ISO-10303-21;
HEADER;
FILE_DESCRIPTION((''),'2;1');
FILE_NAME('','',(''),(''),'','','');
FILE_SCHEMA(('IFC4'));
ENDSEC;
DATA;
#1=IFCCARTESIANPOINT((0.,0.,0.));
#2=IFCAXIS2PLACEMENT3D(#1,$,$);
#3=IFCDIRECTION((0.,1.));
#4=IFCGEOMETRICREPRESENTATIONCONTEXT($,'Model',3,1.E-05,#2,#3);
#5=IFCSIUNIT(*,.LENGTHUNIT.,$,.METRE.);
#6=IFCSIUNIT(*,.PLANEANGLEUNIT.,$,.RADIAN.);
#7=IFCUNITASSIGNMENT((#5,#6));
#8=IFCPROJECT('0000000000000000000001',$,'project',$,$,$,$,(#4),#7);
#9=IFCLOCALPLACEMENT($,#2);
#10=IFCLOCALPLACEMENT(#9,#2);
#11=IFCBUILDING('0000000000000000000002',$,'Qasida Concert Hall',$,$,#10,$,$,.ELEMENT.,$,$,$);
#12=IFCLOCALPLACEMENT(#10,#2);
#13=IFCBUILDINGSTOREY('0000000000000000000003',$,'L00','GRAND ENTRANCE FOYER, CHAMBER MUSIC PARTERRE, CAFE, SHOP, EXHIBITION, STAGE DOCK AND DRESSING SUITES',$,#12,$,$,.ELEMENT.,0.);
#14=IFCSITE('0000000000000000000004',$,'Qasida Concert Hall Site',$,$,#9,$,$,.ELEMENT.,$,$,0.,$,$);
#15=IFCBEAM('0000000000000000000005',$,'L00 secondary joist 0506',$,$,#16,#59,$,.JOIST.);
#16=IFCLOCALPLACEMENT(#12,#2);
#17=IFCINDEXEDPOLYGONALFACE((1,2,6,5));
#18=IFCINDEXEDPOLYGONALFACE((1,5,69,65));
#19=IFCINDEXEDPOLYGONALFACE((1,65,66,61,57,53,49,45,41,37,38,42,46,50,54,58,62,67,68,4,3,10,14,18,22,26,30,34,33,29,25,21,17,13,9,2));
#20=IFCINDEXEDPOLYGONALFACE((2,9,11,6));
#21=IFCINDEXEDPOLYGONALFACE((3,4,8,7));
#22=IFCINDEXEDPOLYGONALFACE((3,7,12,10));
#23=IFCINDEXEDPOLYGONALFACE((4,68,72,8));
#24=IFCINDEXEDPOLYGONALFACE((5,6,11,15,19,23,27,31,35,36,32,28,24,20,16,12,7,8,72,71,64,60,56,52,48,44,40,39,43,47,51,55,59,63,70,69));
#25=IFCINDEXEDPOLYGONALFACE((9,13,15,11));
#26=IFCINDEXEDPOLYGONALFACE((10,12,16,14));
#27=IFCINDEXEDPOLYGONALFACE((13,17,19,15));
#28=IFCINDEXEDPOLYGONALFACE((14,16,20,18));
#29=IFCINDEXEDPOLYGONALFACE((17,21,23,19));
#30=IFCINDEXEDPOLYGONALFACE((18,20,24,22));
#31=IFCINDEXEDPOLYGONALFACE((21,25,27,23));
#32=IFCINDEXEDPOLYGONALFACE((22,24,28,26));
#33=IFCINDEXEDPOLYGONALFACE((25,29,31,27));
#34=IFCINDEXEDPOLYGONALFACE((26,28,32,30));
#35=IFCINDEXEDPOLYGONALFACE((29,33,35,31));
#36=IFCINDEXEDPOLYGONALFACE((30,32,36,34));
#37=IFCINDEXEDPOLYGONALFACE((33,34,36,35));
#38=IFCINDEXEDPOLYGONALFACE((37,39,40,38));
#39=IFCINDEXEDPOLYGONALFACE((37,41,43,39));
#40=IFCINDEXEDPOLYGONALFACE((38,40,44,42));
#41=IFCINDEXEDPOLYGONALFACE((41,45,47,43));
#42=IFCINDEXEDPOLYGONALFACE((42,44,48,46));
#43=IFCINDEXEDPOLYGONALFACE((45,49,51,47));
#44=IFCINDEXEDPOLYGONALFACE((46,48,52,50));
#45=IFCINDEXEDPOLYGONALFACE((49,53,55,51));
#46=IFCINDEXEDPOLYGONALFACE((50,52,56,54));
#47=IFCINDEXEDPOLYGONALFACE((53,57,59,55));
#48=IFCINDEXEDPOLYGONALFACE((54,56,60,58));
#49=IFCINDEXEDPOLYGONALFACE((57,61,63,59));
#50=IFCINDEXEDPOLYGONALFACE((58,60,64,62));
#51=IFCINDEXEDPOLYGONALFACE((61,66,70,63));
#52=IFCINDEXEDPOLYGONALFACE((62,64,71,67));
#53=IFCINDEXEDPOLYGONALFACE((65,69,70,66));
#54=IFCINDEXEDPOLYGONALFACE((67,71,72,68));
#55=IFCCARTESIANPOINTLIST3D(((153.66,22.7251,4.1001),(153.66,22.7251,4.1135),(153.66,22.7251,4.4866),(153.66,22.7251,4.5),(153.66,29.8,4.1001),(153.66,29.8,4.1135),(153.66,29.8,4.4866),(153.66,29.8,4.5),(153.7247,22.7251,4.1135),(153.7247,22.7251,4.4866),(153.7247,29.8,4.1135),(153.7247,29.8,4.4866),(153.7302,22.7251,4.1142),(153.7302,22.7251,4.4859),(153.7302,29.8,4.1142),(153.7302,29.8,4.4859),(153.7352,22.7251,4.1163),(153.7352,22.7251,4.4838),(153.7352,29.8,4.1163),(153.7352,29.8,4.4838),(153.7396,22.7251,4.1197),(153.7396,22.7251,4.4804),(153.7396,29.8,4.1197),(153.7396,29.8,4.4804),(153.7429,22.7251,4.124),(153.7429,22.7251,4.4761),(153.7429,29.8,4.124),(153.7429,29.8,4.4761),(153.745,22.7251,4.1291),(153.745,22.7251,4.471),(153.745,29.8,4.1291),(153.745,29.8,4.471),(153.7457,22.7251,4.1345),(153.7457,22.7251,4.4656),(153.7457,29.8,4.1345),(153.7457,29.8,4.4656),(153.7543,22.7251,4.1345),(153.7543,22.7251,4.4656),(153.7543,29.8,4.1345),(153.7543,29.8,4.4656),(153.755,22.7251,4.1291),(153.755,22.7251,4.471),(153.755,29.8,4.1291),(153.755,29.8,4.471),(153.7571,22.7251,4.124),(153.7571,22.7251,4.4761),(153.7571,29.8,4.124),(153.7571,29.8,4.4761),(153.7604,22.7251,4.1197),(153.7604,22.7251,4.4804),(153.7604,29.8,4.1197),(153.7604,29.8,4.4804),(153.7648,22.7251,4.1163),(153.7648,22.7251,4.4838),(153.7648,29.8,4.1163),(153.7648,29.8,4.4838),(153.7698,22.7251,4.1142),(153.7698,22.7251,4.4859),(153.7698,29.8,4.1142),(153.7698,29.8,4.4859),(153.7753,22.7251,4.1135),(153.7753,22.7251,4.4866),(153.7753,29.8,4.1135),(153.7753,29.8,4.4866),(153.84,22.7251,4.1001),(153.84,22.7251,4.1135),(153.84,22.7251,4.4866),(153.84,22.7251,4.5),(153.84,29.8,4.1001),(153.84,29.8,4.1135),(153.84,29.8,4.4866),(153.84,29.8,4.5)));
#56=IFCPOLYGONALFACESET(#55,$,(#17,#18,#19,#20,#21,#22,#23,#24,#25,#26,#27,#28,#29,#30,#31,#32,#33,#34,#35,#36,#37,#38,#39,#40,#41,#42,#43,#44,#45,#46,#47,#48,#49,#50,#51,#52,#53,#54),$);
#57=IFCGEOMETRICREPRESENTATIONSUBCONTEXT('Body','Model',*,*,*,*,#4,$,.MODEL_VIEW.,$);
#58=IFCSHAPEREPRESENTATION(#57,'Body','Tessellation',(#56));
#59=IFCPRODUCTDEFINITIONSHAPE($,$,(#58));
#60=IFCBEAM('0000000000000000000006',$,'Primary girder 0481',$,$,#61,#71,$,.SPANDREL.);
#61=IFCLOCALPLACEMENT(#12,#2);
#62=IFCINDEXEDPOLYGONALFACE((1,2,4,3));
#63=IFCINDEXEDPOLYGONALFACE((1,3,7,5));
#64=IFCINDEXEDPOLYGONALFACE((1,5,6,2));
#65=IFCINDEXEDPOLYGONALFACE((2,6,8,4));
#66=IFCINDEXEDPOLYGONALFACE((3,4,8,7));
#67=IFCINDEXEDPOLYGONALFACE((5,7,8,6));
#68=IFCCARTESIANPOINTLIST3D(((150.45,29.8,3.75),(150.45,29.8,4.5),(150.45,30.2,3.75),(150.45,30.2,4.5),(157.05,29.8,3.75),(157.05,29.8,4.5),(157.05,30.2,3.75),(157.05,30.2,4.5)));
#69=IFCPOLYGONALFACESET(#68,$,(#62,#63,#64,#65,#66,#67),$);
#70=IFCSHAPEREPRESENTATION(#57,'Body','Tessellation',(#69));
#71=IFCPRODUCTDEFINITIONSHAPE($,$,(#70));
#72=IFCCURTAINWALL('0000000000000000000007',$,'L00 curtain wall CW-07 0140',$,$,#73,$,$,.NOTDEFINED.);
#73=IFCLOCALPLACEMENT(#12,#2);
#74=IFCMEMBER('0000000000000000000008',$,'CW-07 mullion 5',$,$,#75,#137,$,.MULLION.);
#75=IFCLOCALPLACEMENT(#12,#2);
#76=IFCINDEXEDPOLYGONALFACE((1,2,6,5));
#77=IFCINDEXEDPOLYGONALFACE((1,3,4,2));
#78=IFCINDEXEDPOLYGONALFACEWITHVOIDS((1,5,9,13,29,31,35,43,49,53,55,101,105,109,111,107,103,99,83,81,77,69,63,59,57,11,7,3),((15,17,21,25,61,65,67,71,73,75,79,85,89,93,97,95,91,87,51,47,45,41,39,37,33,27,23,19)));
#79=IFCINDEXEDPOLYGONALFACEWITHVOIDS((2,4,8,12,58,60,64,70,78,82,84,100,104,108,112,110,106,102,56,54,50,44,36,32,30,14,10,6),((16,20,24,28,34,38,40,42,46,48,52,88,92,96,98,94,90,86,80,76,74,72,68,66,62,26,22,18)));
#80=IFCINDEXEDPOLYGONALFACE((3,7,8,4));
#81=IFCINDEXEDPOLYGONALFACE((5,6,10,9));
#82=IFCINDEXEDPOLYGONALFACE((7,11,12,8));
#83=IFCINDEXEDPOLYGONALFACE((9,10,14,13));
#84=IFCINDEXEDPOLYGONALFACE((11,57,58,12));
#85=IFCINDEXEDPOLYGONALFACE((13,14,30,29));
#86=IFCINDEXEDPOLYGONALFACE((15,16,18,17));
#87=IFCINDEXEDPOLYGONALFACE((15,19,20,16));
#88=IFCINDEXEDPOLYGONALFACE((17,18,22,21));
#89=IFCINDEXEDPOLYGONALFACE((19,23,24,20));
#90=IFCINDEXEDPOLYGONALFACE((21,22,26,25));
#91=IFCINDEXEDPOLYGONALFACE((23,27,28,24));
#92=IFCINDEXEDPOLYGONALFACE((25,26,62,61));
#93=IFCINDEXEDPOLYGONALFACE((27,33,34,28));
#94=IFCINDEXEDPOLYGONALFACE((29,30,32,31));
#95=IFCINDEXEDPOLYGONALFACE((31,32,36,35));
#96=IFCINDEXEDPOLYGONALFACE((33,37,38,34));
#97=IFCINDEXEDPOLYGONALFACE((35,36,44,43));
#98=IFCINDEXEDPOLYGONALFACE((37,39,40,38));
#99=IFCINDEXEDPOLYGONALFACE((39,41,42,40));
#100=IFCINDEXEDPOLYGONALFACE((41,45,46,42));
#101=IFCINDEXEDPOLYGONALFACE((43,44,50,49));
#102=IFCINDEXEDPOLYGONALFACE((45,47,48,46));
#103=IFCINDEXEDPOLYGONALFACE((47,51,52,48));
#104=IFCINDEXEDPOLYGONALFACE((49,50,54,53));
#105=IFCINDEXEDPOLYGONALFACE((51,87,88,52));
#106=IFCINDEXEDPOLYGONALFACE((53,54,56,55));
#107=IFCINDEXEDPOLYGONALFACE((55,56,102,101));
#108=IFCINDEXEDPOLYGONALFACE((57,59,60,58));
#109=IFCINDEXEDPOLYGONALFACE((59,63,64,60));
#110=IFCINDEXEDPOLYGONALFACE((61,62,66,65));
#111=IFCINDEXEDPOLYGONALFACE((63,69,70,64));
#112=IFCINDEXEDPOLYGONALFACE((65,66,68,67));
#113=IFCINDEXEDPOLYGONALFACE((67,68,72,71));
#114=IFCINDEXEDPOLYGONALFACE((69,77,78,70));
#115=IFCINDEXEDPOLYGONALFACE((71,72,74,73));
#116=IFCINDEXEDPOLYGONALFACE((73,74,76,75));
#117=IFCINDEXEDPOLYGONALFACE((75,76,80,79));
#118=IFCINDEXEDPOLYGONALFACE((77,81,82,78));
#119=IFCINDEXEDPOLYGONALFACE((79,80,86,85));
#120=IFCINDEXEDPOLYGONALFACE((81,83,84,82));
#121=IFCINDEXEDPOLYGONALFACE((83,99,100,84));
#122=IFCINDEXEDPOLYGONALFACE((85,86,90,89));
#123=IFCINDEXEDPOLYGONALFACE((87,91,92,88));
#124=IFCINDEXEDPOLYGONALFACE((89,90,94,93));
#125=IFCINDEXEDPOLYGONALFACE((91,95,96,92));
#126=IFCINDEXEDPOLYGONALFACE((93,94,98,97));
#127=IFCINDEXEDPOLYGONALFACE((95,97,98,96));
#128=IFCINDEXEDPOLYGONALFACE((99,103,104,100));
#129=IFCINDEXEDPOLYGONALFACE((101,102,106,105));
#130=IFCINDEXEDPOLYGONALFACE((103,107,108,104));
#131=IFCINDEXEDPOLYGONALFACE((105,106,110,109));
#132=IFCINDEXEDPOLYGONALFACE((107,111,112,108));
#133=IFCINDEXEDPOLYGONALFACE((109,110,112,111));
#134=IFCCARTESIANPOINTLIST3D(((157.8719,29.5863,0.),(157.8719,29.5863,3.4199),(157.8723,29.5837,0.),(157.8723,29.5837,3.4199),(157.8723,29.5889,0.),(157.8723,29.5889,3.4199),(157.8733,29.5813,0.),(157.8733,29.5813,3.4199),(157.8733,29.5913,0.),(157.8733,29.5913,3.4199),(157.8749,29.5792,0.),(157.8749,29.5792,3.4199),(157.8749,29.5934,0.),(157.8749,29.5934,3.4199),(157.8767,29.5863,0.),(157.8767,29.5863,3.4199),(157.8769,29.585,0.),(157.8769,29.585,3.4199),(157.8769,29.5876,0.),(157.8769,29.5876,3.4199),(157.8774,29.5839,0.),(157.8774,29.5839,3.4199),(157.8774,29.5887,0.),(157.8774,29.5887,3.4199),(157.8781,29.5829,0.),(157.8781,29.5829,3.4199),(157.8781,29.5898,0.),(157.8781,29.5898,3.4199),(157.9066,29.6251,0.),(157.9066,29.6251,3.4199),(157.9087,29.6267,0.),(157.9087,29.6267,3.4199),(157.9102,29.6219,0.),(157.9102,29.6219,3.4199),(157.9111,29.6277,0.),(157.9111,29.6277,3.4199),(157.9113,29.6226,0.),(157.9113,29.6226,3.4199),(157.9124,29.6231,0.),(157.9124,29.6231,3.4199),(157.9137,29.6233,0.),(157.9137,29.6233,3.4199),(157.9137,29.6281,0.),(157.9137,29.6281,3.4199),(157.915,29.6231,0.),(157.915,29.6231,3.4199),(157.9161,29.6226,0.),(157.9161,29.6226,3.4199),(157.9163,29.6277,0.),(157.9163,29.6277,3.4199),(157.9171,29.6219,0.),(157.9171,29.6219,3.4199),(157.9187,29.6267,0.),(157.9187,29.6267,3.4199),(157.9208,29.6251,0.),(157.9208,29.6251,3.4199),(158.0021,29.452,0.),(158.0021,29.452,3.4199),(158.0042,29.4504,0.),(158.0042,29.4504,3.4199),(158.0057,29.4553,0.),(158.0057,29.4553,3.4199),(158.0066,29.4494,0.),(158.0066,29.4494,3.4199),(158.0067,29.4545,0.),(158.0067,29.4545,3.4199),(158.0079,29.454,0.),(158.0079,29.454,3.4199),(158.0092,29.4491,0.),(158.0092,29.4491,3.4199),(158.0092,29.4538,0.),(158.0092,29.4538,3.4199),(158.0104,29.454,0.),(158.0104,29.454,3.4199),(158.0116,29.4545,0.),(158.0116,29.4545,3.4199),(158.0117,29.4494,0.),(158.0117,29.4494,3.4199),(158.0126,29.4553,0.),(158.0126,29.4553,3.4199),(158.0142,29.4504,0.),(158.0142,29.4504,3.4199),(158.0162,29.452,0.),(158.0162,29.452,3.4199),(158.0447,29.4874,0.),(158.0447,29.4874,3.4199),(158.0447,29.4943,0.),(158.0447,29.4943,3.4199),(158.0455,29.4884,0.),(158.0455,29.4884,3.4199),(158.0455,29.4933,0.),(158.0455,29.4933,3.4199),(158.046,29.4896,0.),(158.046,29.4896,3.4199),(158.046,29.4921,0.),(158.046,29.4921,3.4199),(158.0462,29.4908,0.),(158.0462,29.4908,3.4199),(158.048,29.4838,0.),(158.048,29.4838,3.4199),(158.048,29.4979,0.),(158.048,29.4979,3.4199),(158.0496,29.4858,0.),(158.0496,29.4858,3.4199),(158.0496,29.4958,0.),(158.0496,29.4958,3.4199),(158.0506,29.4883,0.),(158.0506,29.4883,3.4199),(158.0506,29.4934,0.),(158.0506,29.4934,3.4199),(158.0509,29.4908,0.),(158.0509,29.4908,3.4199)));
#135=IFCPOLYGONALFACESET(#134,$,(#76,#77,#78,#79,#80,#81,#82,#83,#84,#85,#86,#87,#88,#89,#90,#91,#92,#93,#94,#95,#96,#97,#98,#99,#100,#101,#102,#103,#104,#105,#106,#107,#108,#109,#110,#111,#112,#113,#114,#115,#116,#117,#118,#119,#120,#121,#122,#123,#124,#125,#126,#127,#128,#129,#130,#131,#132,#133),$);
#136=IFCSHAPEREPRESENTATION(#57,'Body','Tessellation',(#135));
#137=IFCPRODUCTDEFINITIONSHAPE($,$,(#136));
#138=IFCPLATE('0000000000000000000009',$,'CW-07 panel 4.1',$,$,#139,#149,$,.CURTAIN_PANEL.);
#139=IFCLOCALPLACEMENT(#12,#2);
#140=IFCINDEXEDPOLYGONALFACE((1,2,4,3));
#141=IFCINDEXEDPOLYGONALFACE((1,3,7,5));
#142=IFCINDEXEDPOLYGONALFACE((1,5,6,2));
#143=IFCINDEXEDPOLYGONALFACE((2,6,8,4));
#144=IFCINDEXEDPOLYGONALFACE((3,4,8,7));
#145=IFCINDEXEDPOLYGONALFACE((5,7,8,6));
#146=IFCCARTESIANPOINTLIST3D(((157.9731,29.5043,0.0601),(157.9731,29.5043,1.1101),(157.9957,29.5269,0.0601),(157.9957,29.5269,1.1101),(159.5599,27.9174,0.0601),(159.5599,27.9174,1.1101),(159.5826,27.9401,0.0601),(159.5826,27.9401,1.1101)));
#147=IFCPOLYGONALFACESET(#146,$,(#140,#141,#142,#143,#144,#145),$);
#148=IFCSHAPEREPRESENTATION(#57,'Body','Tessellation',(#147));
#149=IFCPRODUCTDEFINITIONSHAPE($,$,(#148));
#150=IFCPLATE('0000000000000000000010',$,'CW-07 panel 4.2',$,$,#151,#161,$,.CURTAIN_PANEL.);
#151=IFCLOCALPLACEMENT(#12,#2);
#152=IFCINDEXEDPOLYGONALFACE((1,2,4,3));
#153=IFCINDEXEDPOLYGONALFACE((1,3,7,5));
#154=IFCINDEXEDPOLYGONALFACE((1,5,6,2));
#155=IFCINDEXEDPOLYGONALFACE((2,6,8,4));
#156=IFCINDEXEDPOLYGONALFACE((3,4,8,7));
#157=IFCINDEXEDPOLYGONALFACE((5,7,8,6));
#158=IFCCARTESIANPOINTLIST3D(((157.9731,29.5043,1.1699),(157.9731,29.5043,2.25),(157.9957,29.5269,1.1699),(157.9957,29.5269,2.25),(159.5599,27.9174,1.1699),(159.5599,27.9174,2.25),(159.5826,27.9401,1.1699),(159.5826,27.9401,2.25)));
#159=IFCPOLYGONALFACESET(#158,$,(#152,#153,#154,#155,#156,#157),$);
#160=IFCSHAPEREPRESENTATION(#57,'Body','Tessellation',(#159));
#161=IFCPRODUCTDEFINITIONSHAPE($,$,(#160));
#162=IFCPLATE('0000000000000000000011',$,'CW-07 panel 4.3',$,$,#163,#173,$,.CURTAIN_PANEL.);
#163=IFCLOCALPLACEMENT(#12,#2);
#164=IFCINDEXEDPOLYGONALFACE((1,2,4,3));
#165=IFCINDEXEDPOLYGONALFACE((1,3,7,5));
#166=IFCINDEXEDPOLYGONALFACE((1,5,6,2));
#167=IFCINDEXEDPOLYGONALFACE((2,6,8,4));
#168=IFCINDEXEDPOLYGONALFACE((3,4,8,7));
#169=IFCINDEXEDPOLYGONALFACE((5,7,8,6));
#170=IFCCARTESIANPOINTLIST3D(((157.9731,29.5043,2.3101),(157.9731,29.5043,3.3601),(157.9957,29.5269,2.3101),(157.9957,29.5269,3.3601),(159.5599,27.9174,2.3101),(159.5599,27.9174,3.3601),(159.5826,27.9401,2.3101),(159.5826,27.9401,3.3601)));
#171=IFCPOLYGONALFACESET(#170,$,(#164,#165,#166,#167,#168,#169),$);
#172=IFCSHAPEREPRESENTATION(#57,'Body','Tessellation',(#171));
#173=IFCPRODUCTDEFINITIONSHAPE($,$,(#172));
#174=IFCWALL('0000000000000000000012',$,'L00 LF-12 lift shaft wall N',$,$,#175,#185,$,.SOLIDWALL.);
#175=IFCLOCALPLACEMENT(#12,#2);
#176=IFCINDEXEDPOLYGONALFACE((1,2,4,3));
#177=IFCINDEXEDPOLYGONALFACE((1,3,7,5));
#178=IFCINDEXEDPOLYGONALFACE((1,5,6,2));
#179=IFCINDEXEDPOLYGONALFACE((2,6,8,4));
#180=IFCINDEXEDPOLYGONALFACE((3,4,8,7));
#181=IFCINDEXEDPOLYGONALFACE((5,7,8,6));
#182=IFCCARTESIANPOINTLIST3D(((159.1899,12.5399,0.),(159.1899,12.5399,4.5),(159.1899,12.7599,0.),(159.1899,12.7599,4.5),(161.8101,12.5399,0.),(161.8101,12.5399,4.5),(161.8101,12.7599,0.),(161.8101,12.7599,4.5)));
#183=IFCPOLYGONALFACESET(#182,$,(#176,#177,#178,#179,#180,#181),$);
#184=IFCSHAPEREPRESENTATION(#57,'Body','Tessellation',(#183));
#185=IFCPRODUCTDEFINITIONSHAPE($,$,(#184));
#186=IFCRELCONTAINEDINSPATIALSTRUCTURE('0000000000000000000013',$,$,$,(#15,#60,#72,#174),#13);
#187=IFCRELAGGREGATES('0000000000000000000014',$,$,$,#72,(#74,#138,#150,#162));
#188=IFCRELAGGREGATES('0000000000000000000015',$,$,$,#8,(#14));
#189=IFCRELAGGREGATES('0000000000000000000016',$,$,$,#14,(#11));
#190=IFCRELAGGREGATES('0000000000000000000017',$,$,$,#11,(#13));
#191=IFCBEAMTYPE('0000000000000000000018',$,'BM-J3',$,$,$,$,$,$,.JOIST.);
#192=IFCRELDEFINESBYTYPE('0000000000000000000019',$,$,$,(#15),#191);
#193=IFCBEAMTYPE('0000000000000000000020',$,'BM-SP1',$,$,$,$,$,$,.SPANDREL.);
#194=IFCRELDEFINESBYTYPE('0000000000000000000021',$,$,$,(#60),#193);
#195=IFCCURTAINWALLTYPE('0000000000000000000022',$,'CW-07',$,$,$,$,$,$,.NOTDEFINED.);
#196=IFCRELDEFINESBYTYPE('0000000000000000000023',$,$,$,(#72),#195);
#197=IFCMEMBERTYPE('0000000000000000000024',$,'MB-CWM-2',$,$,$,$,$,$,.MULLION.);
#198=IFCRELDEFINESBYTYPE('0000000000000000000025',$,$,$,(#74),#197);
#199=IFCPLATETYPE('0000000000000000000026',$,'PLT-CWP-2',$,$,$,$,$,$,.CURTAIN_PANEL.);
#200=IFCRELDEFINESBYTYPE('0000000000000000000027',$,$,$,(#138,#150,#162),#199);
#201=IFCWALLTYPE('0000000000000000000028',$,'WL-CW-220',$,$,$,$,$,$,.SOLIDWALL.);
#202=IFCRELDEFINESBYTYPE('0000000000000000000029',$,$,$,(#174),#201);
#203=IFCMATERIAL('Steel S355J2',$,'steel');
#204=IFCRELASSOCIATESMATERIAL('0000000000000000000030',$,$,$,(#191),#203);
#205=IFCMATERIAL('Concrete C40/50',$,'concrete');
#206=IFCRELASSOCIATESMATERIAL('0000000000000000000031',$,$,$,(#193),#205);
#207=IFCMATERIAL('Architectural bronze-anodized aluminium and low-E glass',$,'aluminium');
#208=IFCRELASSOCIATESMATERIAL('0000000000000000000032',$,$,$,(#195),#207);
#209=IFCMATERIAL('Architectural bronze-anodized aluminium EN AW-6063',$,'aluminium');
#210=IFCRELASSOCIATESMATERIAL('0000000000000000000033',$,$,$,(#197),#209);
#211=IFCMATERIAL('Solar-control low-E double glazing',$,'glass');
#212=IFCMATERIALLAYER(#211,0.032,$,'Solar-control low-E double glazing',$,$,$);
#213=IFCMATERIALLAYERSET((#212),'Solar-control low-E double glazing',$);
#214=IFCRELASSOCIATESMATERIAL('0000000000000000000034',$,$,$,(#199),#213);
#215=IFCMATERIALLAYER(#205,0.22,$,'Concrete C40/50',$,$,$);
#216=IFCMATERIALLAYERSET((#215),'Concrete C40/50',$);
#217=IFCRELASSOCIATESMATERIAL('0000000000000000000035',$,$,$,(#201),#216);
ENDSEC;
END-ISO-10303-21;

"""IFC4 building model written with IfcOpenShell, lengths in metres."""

from ifc_helpers import new_model, si_unit, direction, frame, frame_2d, origin, origin_2d, place, context, subcontext, project, spatial, rectangle, hollow_rectangle, i_section, extrude, material, layer, layer_set, material_profile, profile_set, type_object, element, aggregate, save


model = new_model("IFC4")

# Units and contexts
model_context = context("Model", 3, precision=1e-05, world=origin(), true_north=direction((0.0, 1.0)))
body_context = subcontext(model_context, "Body", "Model", "MODEL_VIEW")
ifc_project = project(units=[si_unit("LENGTHUNIT", "METRE"), si_unit("PLANEANGLEUNIT", "RADIAN")], contexts=[model_context])

# Site, building, storey
site_placement = place(None, origin())
site = spatial("IfcSite", under=ifc_project, at=site_placement, Name="Qasida Concert Hall Site", CompositionType="ELEMENT", RefElevation=0.0)
building_placement = place(site_placement, origin())
building = spatial("IfcBuilding", under=site, at=building_placement, Name="Qasida Concert Hall", CompositionType="ELEMENT")
storey_placement = place(building_placement, origin())
storey = spatial("IfcBuildingStorey", under=building, at=storey_placement, Name="L00", Description="GRAND ENTRANCE FOYER, CHAMBER MUSIC PARTERRE, CAFE, SHOP, EXHIBITION, STAGE DOCK AND DRESSING SUITES", CompositionType="ELEMENT", Elevation=0.0)

# Beams
ifc_material_1 = material(Name="Concrete C40/50", Category="concrete")
ifc_material_2 = material(Name="Steel S355J2", Category="steel")
ifc_material_profile_1 = material_profile(ifc_material_2, i_section(OverallWidth=0.1799, OverallDepth=0.3999, WebThickness=0.0085, FlangeThickness=0.0134, FilletRadius=0.021, at=origin_2d()), Name="IPE 400")
ifc_profile_set_1 = profile_set([ifc_material_profile_1], Name="Steel S355J2")
beam_type_1 = type_object("IfcBeamType", Name="BM-J3", PredefinedType="JOIST", material=ifc_profile_set_1)
beam_1_placement = place(storey_placement, frame((153.75, 22.7251, 4.3), z_axis=(0.0, 1.0, 0.0), x_axis=(-1.0, 0.0, 0.0)))
element("IfcBeam", 1, at=beam_1_placement, inside=storey, type_object=beam_type_1, Name="L00 secondary joist 0506", PredefinedType="JOIST", context=body_context, shape_type="SweptSolid", body=[
    extrude(i_section(OverallWidth=0.1799, OverallDepth=0.3999, WebThickness=0.0085, FlangeThickness=0.0134, FilletRadius=0.021, at=origin_2d()), origin(), (0.0, 0.0, 1.0), 7.075),
])
ifc_material_profile_2 = material_profile(ifc_material_1, rectangle(XDim=0.3999, YDim=0.75, at=origin_2d()), Name="RC 400x750")
ifc_profile_set_2 = profile_set([ifc_material_profile_2], Name="Concrete C40/50")
beam_type_2 = type_object("IfcBeamType", Name="BM-SP1", PredefinedType="SPANDREL", material=ifc_profile_set_2)
beam_2_placement = place(storey_placement, frame((150.45, 30.0, 4.125), z_axis=(1.0, 0.0, 0.0), x_axis=(0.0, 1.0, 0.0)))
element("IfcBeam", 2, at=beam_2_placement, inside=storey, type_object=beam_type_2, Name="Primary girder 0481", PredefinedType="SPANDREL", context=body_context, shape_type="SweptSolid", body=[
    extrude(rectangle(XDim=0.3999, YDim=0.75, at=origin_2d()), origin(), (0.0, 0.0, 1.0), 6.6001),
])

# Curtain wall, member, plates
ifc_material_3 = material(Name="Architectural bronze-anodized aluminium and low-E glass", Category="aluminium")
curtain_wall_type = type_object("IfcCurtainWallType", Name="CW-07", PredefinedType="NOTDEFINED", material=ifc_material_3)
curtain_wall_placement = place(storey_placement, origin())
curtain_wall = element("IfcCurtainWall", 3, at=curtain_wall_placement, inside=storey, type_object=curtain_wall_type, Name="L00 curtain wall CW-07 0140", PredefinedType="NOTDEFINED")
ifc_material_4 = material(Name="Architectural bronze-anodized aluminium EN AW-6063", Category="aluminium")
ifc_material_profile_3 = material_profile(ifc_material_4, hollow_rectangle(XDim=0.0649, YDim=0.2, WallThickness=0.0049, InnerFilletRadius=0.0049, OuterFilletRadius=0.01, at=origin_2d()), Name="CWM 200x65x5")
ifc_profile_set_3 = profile_set([ifc_material_profile_3], Name="Architectural bronze-anodized aluminium EN AW-6063")
member_type = type_object("IfcMemberType", Name="MB-CWM-2", PredefinedType="MULLION", material=ifc_profile_set_3)
member_placement = place(storey_placement, frame((157.9614, 29.5386, 0.0), z_axis=(0.0, 0.0, 1.0), x_axis=(-0.707107, -0.707107, 0.0)))
member = element("IfcMember", 4, at=member_placement, type_object=member_type, Name="CW-07 mullion 5", PredefinedType="MULLION", context=body_context, shape_type="SweptSolid", body=[
    extrude(hollow_rectangle(XDim=0.0649, YDim=0.2, WallThickness=0.0049, InnerFilletRadius=0.0049, OuterFilletRadius=0.01, at=origin_2d()), origin(), (0.0, 0.0, 1.0), 3.4199),
])
ifc_material_5 = material(Name="Solar-control low-E double glazing", Category="glass")
ifc_layer_1 = layer(ifc_material_5, 0.032, Name="Solar-control low-E double glazing")
ifc_layer_set_1 = layer_set([ifc_layer_1], Name="Solar-control low-E double glazing")
plate_type = type_object("IfcPlateType", Name="PLT-CWP-2", PredefinedType="CURTAIN_PANEL", material=ifc_layer_set_1)
plate_1_placement = place(storey_placement, frame((158.7778, 28.7222, 0.0601), z_axis=(0.0, 0.0, 1.0), x_axis=(-0.707107, 0.707107, 0.0)))
plate_1 = element("IfcPlate", 5, at=plate_1_placement, type_object=plate_type, Name="CW-07 panel 4.1", PredefinedType="CURTAIN_PANEL", context=body_context, shape_type="SweptSolid", body=[
    extrude(rectangle(XDim=2.2441, YDim=0.032, at=origin_2d()), origin(), (0.0, 0.0, 1.0), 1.05),
])
plate_2_placement = place(storey_placement, frame((158.7778, 28.7222, 1.1699), z_axis=(0.0, 0.0, 1.0), x_axis=(-0.707107, 0.707107, 0.0)))
plate_2 = element("IfcPlate", 6, at=plate_2_placement, type_object=plate_type, Name="CW-07 panel 4.2", PredefinedType="CURTAIN_PANEL", context=body_context, shape_type="SweptSolid", body=[
    extrude(rectangle(XDim=2.2441, YDim=0.032, at=origin_2d()), origin(), (0.0, 0.0, 1.0), 1.0801),
])
plate_3_placement = place(storey_placement, frame((158.7778, 28.7222, 2.3101), z_axis=(0.0, 0.0, 1.0), x_axis=(-0.707107, 0.707107, 0.0)))
plate_3 = element("IfcPlate", 7, at=plate_3_placement, type_object=plate_type, Name="CW-07 panel 4.3", PredefinedType="CURTAIN_PANEL", context=body_context, shape_type="SweptSolid", body=[
    extrude(rectangle(XDim=2.2441, YDim=0.032, at=origin_2d()), origin(), (0.0, 0.0, 1.0), 1.05),
])
aggregate(curtain_wall, [member, plate_1, plate_2, plate_3])

# Wall
ifc_layer_2 = layer(ifc_material_1, 0.22, Name="Concrete C40/50")
ifc_layer_set_2 = layer_set([ifc_layer_2], Name="Concrete C40/50")
wall_type_1 = type_object("IfcWallType", Name="WL-CW-220", PredefinedType="SOLIDWALL", material=ifc_layer_set_2)
wall_1_placement = place(storey_placement, frame((159.1899, 12.6499, 0.0), z_axis=(0.0, 0.0, 1.0), x_axis=(1.0, 0.0, 0.0)))
element("IfcWall", 8, at=wall_1_placement, inside=storey, type_object=wall_type_1, Name="L00 LF-12 lift shaft wall N", PredefinedType="SOLIDWALL", context=body_context, shape_type="SweptSolid", body=[
    extrude(rectangle(XDim=2.6201, YDim=0.22, at=frame_2d((1.3101, 0.0))), origin(), (0.0, 0.0, 1.0), 4.5),
])

save(model, "model.ifc")
